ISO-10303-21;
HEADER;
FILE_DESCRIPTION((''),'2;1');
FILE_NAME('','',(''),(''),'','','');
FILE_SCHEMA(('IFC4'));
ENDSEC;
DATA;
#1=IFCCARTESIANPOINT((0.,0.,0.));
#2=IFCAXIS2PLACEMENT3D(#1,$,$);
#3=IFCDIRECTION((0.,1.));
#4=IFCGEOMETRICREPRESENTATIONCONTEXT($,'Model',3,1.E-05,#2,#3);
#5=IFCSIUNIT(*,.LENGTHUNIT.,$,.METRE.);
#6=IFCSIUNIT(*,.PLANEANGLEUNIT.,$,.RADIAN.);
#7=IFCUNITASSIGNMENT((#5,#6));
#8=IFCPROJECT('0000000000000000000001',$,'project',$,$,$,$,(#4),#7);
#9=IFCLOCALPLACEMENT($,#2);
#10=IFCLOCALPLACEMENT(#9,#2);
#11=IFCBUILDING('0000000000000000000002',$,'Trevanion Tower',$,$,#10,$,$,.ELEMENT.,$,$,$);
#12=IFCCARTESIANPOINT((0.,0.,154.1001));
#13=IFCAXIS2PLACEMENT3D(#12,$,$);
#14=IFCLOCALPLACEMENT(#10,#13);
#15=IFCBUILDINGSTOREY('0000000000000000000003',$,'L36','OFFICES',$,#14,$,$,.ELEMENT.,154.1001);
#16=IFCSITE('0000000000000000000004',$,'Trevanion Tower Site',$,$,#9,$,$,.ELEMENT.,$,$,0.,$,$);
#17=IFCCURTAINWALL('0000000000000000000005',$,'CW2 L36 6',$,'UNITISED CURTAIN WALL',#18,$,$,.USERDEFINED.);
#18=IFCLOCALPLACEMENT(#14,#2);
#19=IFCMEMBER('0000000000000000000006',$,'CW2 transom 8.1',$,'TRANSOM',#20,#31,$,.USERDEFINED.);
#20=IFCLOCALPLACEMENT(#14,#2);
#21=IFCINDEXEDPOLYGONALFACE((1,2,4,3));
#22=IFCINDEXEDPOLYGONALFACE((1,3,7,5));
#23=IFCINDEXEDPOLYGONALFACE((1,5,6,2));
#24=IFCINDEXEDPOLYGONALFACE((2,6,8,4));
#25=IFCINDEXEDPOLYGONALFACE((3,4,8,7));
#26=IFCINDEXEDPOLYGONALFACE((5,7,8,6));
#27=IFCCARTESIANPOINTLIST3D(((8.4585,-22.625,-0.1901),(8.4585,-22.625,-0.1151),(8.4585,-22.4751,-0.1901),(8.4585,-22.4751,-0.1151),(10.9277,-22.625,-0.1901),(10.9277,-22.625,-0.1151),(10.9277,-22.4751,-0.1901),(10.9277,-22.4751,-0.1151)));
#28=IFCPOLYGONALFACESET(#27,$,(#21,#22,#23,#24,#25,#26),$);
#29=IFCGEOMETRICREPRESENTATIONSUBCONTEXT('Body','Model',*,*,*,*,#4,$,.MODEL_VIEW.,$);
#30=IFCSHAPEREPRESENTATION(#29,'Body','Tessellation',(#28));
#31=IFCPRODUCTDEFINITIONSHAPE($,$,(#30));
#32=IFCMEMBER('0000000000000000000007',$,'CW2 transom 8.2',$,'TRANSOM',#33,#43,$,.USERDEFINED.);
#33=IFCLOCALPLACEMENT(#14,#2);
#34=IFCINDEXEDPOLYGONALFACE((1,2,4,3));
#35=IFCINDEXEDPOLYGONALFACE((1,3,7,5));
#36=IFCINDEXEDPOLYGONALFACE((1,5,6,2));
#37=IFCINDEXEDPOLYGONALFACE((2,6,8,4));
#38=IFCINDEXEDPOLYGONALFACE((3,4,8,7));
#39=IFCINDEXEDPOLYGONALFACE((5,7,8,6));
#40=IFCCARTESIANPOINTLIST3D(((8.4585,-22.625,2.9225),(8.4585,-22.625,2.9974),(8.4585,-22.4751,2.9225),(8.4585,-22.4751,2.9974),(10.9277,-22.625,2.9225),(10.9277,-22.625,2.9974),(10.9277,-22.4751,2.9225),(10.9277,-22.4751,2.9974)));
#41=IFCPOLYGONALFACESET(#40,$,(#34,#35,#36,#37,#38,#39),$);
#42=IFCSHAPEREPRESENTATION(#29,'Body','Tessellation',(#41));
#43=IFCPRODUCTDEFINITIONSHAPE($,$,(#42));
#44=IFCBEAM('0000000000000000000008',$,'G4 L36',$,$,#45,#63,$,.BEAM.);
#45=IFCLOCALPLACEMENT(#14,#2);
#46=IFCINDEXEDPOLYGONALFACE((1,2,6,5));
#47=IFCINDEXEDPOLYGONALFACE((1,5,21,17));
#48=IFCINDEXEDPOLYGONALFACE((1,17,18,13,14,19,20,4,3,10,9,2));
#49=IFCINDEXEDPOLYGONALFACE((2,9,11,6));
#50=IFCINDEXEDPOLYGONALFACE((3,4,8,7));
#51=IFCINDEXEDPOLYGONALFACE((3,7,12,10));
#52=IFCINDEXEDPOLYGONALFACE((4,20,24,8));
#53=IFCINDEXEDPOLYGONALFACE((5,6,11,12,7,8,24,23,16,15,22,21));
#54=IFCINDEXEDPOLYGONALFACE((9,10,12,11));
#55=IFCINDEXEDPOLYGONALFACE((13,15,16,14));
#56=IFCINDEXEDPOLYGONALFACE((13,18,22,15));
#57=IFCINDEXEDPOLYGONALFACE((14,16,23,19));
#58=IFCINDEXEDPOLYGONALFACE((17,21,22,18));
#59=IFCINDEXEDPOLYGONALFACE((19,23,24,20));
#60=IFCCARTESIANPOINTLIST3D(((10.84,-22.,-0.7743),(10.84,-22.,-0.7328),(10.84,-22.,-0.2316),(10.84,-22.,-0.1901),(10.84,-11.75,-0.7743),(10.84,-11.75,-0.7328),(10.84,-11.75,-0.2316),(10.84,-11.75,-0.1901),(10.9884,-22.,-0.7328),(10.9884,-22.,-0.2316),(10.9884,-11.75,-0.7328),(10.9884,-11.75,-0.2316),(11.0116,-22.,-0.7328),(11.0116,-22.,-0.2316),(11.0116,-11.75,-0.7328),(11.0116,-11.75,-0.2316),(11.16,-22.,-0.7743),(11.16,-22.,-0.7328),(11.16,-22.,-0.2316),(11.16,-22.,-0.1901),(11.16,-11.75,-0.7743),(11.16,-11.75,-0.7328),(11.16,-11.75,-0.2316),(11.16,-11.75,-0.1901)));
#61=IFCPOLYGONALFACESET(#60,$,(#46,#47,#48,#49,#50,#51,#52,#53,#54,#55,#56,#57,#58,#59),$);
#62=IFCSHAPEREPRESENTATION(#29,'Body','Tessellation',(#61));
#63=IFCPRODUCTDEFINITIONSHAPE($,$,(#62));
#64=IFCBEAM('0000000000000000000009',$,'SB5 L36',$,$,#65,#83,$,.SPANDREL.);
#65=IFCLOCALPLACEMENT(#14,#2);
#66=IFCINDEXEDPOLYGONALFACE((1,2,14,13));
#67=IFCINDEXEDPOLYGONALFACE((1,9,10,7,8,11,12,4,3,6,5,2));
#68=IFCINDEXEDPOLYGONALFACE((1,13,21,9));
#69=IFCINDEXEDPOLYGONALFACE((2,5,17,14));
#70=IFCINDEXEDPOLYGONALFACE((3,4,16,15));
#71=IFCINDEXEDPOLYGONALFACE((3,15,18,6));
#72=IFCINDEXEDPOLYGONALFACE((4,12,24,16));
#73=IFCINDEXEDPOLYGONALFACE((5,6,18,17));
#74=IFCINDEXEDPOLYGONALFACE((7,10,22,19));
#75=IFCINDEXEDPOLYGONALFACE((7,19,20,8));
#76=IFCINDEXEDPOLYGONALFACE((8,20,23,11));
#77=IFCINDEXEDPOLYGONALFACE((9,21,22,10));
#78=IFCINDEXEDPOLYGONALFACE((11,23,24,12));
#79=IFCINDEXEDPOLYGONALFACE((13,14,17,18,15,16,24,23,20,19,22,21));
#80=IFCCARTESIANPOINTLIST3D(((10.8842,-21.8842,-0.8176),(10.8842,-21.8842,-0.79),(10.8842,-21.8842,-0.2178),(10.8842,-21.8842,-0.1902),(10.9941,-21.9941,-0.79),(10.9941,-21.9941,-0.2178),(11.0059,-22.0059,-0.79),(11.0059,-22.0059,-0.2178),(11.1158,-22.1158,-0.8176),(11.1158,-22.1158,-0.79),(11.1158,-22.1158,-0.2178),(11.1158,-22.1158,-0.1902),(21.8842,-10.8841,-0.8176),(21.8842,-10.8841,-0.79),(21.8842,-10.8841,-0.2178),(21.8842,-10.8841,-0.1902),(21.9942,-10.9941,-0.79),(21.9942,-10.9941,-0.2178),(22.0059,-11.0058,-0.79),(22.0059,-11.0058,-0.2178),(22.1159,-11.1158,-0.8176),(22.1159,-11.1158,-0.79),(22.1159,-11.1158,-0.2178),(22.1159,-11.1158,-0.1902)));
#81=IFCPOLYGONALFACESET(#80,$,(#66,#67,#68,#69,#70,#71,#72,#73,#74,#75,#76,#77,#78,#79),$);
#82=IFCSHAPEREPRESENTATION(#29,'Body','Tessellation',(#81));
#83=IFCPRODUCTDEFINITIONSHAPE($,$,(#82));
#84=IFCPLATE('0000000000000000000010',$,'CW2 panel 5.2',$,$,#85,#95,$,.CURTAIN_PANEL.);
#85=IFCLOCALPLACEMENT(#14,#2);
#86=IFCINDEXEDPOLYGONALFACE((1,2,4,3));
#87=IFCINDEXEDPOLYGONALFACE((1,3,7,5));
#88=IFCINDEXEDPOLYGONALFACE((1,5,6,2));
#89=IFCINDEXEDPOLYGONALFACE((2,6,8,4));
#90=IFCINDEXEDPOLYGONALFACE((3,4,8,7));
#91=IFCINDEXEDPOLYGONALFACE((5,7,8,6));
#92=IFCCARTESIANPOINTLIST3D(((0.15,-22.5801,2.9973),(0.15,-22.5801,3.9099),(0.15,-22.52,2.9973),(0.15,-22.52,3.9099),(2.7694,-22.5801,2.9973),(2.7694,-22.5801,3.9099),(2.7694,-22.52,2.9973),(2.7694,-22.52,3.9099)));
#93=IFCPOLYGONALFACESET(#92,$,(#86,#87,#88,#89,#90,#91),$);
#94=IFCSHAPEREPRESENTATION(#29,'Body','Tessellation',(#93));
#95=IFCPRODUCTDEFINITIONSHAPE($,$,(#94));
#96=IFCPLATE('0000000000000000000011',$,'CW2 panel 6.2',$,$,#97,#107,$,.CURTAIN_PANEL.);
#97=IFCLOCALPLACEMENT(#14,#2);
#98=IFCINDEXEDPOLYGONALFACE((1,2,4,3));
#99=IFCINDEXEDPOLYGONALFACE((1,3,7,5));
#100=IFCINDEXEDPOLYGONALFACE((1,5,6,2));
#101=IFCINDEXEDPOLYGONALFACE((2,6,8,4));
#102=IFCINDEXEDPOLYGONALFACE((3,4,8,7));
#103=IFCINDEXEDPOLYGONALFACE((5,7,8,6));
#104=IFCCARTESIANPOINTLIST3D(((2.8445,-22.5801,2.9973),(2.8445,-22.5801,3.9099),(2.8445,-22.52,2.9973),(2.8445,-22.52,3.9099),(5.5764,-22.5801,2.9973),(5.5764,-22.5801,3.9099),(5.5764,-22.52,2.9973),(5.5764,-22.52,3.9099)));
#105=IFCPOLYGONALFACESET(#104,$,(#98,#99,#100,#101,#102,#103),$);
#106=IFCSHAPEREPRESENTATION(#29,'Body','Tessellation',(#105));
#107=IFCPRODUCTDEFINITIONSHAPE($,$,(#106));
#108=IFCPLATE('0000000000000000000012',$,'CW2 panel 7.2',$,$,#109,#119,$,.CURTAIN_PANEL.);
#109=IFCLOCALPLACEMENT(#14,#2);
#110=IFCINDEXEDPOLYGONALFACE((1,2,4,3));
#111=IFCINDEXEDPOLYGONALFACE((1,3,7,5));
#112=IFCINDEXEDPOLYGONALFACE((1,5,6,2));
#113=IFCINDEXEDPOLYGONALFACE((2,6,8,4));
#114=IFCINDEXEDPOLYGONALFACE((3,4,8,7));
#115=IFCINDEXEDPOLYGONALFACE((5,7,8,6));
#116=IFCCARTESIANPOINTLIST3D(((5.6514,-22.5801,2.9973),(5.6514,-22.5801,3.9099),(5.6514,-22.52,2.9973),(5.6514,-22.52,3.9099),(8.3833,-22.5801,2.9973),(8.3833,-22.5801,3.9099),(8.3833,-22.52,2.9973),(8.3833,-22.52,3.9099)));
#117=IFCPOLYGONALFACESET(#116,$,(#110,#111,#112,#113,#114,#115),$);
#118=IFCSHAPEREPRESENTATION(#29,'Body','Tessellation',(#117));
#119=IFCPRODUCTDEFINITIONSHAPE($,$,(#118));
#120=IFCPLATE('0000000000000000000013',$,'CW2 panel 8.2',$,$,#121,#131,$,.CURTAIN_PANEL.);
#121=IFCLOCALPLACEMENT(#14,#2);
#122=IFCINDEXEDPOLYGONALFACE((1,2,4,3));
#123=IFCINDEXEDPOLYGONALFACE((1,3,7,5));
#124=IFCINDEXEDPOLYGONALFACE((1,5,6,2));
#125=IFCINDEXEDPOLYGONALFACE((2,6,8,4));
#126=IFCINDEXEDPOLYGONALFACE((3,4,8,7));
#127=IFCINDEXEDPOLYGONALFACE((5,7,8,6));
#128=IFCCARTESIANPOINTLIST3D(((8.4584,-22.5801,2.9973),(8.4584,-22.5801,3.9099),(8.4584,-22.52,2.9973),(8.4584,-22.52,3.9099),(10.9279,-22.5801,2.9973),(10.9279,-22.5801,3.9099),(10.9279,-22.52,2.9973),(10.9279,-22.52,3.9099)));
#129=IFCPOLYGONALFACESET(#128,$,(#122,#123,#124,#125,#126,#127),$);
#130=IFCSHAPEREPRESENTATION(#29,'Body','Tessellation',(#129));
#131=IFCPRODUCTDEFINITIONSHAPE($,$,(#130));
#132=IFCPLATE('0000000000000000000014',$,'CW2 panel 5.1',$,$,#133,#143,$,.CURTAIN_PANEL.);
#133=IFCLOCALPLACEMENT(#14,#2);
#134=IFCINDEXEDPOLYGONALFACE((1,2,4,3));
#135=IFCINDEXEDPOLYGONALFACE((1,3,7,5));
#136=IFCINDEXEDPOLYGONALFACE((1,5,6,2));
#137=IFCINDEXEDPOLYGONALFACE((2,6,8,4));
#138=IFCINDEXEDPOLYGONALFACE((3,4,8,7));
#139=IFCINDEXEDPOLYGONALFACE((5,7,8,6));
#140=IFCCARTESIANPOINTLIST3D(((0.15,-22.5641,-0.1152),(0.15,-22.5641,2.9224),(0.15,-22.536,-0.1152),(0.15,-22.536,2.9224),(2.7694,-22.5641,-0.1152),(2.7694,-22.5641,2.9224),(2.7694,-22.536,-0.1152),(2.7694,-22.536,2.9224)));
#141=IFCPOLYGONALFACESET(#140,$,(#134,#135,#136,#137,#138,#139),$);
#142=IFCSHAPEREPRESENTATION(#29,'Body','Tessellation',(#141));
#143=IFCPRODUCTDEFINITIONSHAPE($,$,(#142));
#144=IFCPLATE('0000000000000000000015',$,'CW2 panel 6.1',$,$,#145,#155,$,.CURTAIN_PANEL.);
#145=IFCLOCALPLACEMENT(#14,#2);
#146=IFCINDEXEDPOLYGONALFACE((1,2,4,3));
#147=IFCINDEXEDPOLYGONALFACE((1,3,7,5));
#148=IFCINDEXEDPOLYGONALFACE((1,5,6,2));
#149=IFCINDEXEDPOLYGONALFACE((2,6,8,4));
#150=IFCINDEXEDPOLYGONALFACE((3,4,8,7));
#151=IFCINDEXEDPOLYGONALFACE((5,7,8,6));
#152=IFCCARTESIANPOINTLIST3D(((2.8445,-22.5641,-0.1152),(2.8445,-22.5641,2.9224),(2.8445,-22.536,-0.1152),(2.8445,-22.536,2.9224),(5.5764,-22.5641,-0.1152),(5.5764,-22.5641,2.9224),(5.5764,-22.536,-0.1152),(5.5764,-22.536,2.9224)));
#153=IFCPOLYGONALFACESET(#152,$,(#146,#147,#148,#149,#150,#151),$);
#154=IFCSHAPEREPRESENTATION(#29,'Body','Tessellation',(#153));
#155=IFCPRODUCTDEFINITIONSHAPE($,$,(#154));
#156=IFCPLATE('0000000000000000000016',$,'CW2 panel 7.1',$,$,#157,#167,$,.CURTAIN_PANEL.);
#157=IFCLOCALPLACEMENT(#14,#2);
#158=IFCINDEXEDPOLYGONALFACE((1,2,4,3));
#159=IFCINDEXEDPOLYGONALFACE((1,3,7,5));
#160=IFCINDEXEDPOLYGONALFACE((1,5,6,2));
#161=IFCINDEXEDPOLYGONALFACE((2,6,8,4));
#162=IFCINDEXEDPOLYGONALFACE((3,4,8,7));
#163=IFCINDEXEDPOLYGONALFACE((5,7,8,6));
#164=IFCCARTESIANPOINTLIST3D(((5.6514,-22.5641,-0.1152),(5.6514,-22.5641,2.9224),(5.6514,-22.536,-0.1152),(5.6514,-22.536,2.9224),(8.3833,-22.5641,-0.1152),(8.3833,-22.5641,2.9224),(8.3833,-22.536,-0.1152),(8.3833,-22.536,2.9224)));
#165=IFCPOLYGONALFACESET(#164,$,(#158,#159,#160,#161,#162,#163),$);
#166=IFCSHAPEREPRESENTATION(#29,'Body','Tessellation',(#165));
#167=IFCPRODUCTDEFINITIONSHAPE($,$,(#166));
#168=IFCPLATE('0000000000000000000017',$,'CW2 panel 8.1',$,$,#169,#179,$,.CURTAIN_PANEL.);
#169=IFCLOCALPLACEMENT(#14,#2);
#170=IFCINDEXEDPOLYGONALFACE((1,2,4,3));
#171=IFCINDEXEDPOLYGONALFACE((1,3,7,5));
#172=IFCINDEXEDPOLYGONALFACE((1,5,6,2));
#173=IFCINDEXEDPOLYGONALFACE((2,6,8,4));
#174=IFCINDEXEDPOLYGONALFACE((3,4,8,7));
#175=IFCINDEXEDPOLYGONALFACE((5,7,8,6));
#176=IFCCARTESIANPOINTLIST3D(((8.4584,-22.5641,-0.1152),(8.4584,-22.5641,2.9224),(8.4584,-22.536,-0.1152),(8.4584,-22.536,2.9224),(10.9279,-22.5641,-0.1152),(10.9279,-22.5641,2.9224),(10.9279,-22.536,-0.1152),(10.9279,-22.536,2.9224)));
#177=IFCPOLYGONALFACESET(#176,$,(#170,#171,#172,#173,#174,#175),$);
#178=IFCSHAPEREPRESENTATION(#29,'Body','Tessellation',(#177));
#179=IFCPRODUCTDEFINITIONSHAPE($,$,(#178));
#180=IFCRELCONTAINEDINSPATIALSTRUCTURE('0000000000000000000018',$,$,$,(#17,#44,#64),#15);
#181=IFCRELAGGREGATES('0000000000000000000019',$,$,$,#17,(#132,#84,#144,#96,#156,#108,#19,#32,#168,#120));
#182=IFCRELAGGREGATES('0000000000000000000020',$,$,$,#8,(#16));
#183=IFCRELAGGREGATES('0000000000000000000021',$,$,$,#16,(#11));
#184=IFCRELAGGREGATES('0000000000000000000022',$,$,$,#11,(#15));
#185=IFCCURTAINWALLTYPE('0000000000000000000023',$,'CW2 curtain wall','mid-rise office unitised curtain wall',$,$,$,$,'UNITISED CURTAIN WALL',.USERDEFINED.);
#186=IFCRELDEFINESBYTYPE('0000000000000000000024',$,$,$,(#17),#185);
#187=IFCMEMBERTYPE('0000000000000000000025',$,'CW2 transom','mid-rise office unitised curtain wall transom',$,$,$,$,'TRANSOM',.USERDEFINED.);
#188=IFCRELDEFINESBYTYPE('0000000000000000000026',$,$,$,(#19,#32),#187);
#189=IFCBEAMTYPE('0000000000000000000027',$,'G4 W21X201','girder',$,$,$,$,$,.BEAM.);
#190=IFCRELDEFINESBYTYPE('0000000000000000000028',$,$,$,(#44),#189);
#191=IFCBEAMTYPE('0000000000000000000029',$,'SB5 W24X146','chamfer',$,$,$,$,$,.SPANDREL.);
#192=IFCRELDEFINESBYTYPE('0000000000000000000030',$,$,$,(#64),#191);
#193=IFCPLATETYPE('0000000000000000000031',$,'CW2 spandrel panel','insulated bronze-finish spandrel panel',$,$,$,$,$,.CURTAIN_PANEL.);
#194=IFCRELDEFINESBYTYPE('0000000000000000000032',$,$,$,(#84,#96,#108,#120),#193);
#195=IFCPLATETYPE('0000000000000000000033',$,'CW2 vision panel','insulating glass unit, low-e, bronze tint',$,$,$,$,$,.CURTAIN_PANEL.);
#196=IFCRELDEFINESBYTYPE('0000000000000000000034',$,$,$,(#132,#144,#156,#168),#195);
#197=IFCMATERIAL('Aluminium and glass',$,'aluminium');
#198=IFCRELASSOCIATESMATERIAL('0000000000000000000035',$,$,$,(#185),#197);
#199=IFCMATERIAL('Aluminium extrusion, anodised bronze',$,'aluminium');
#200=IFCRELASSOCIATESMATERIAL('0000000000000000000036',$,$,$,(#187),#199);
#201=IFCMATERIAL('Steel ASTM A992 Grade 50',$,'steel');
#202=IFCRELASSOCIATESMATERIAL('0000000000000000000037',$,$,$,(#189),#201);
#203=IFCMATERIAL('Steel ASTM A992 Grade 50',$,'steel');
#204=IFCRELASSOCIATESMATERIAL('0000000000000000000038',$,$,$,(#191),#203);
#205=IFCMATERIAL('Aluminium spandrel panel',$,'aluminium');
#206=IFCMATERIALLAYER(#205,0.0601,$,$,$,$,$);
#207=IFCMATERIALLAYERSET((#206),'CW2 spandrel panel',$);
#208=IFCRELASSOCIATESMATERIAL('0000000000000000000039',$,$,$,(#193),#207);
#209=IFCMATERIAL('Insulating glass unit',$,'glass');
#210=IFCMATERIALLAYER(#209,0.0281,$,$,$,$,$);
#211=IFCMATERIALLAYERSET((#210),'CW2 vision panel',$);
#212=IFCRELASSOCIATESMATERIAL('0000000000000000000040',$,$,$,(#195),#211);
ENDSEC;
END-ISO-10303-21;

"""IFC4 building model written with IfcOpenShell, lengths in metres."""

from ifc_helpers import new_model, si_unit, direction, frame, origin, origin_2d, place, context, subcontext, project, spatial, rectangle, i_section, extrude, material, layer, layer_set, material_profile, profile_set, type_object, element, aggregate, save


model = new_model("IFC4")

# Units and contexts
model_context = context("Model", 3, precision=1e-05, world=origin(), true_north=direction((0.0, 1.0)))
body_context = subcontext(model_context, "Body", "Model", "MODEL_VIEW")
ifc_project = project(units=[si_unit("LENGTHUNIT", "METRE"), si_unit("PLANEANGLEUNIT", "RADIAN")], contexts=[model_context])

# Site, building, storey
site_placement = place(None, origin())
site = spatial("IfcSite", under=ifc_project, at=site_placement, Name="Trevanion Tower Site", CompositionType="ELEMENT", RefElevation=0.0)
building_placement = place(site_placement, origin())
building = spatial("IfcBuilding", under=site, at=building_placement, Name="Trevanion Tower", CompositionType="ELEMENT")
storey_placement = place(building_placement, frame((0.0, 0.0, 154.1001)))
storey = spatial("IfcBuildingStorey", under=building, at=storey_placement, Name="L36", Description="OFFICES", CompositionType="ELEMENT", Elevation=154.1001)

# Curtain wall, members
ifc_material_1 = material(Name="Aluminium and glass", Category="aluminium")
curtain_wall_type = type_object("IfcCurtainWallType", Name="CW2 curtain wall", Description="mid-rise office unitised curtain wall", ElementType="UNITISED CURTAIN WALL", PredefinedType="USERDEFINED", material=ifc_material_1)
curtain_wall_placement = place(storey_placement, origin())
curtain_wall = element("IfcCurtainWall", 1, at=curtain_wall_placement, inside=storey, type_object=curtain_wall_type, Name="CW2 L36 6", ObjectType="UNITISED CURTAIN WALL", PredefinedType="USERDEFINED")
ifc_material_2 = material(Name="Aluminium extrusion, anodised bronze", Category="aluminium")
ifc_material_profile_1 = material_profile(ifc_material_2, rectangle(XDim=0.1499, YDim=0.075, at=origin_2d()), Name="CW2 transom")
ifc_profile_set_1 = profile_set([ifc_material_profile_1], Name="Aluminium extrusion, anodised bronze")
member_type_1 = type_object("IfcMemberType", Name="CW2 transom", Description="mid-rise office unitised curtain wall transom", ElementType="TRANSOM", PredefinedType="USERDEFINED", material=ifc_profile_set_1)
member_1_placement = place(storey_placement, frame((8.4585, -22.55, -0.1526), z_axis=(1.0, 0.0, 0.0), x_axis=(0.0, 1.0, 0.0)))
member_1 = element("IfcMember", 2, at=member_1_placement, type_object=member_type_1, Name="CW2 transom 8.1", ObjectType="TRANSOM", PredefinedType="USERDEFINED", context=body_context, shape_type="SweptSolid", body=[
    extrude(rectangle(XDim=0.1499, YDim=0.075, at=origin_2d()), origin(), (0.0, 0.0, 1.0), 2.4692),
])
member_2_placement = place(storey_placement, frame((8.4585, -22.55, 2.96), z_axis=(1.0, 0.0, 0.0), x_axis=(0.0, 1.0, 0.0)))
member_2 = element("IfcMember", 3, at=member_2_placement, type_object=member_type_1, Name="CW2 transom 8.2", ObjectType="TRANSOM", PredefinedType="USERDEFINED", context=body_context, shape_type="SweptSolid", body=[
    extrude(rectangle(XDim=0.1499, YDim=0.075, at=origin_2d()), origin(), (0.0, 0.0, 1.0), 2.4692),
])

# Beams
ifc_material_3 = material(Name="Steel ASTM A992 Grade 50", Category="steel")
ifc_material_profile_2 = material_profile(ifc_material_3, i_section(OverallWidth=0.3201, OverallDepth=0.5842, WebThickness=0.0232, FlangeThickness=0.0415, at=origin_2d()), Name="W21X201")
ifc_profile_set_2 = profile_set([ifc_material_profile_2], Name="Steel ASTM A992 Grade 50")
beam_type_1 = type_object("IfcBeamType", Name="G4 W21X201", Description="girder", PredefinedType="BEAM", material=ifc_profile_set_2)
beam_1_placement = place(storey_placement, frame((11.0, -11.75, -0.4822), z_axis=(0.0, -1.0, 0.0), x_axis=(1.0, 0.0, 0.0)))
element("IfcBeam", 4, at=beam_1_placement, inside=storey, type_object=beam_type_1, Name="G4 L36", PredefinedType="BEAM", context=body_context, shape_type="SweptSolid", body=[
    extrude(i_section(OverallWidth=0.3201, OverallDepth=0.5842, WebThickness=0.0232, FlangeThickness=0.0415, at=origin_2d()), origin(), (0.0, 0.0, 1.0), 10.25),
])
ifc_material_4 = material(Name="Steel ASTM A992 Grade 50", Category="steel")
ifc_material_profile_3 = material_profile(ifc_material_4, i_section(OverallWidth=0.3276, OverallDepth=0.6274, WebThickness=0.0166, FlangeThickness=0.0276, at=origin_2d()), Name="W24X146")
ifc_profile_set_3 = profile_set([ifc_material_profile_3], Name="Steel ASTM A992 Grade 50")
beam_type_2 = type_object("IfcBeamType", Name="SB5 W24X146", Description="chamfer", PredefinedType="SPANDREL", material=ifc_profile_set_3)
beam_2_placement = place(storey_placement, frame((11.0, -22.0, -0.5039), z_axis=(0.707107, 0.707107, 0.0), x_axis=(-0.707107, 0.707107, 0.0)))
element("IfcBeam", 5, at=beam_2_placement, inside=storey, type_object=beam_type_2, Name="SB5 L36", PredefinedType="SPANDREL", context=body_context, shape_type="SweptSolid", body=[
    extrude(i_section(OverallWidth=0.3276, OverallDepth=0.6274, WebThickness=0.0166, FlangeThickness=0.0276, at=origin_2d()), origin(), (0.0, 0.0, 1.0), 15.5564),
])

# Plates
ifc_material_5 = material(Name="Aluminium spandrel panel", Category="aluminium")
ifc_layer_1 = layer(ifc_material_5, 0.0601)
ifc_layer_set_1 = layer_set([ifc_layer_1], Name="CW2 spandrel panel")
plate_type_1 = type_object("IfcPlateType", Name="CW2 spandrel panel", Description="insulated bronze-finish spandrel panel", PredefinedType="CURTAIN_PANEL", material=ifc_layer_set_1)
plate_1_placement = place(storey_placement, frame((1.4597, -22.55, 2.9973), z_axis=(0.0, 0.0, 1.0), x_axis=(1.0, 0.0, 0.0)))
plate_1 = element("IfcPlate", 6, at=plate_1_placement, type_object=plate_type_1, Name="CW2 panel 5.2", PredefinedType="CURTAIN_PANEL", context=body_context, shape_type="SweptSolid", body=[
    extrude(rectangle(XDim=2.6194, YDim=0.0601, at=origin_2d()), origin(), (0.0, 0.0, 1.0), 0.9126),
])
plate_2_placement = place(storey_placement, frame((4.2104, -22.55, 2.9973), z_axis=(0.0, 0.0, 1.0), x_axis=(1.0, 0.0, 0.0)))
plate_2 = element("IfcPlate", 7, at=plate_2_placement, type_object=plate_type_1, Name="CW2 panel 6.2", PredefinedType="CURTAIN_PANEL", context=body_context, shape_type="SweptSolid", body=[
    extrude(rectangle(XDim=2.7319, YDim=0.0601, at=origin_2d()), origin(), (0.0, 0.0, 1.0), 0.9126),
])
plate_3_placement = place(storey_placement, frame((7.0173, -22.55, 2.9973), z_axis=(0.0, 0.0, 1.0), x_axis=(1.0, 0.0, 0.0)))
plate_3 = element("IfcPlate", 8, at=plate_3_placement, type_object=plate_type_1, Name="CW2 panel 7.2", PredefinedType="CURTAIN_PANEL", context=body_context, shape_type="SweptSolid", body=[
    extrude(rectangle(XDim=2.7319, YDim=0.0601, at=origin_2d()), origin(), (0.0, 0.0, 1.0), 0.9126),
])
plate_4_placement = place(storey_placement, frame((9.6931, -22.55, 2.9973), z_axis=(0.0, 0.0, 1.0), x_axis=(1.0, 0.0, 0.0)))
plate_4 = element("IfcPlate", 9, at=plate_4_placement, type_object=plate_type_1, Name="CW2 panel 8.2", PredefinedType="CURTAIN_PANEL", context=body_context, shape_type="SweptSolid", body=[
    extrude(rectangle(XDim=2.4695, YDim=0.0601, at=origin_2d()), origin(), (0.0, 0.0, 1.0), 0.9126),
])
ifc_material_6 = material(Name="Insulating glass unit", Category="glass")
ifc_layer_2 = layer(ifc_material_6, 0.0281)
ifc_layer_set_2 = layer_set([ifc_layer_2], Name="CW2 vision panel")
plate_type_2 = type_object("IfcPlateType", Name="CW2 vision panel", Description="insulating glass unit, low-e, bronze tint", PredefinedType="CURTAIN_PANEL", material=ifc_layer_set_2)
plate_5_placement = place(storey_placement, frame((1.4597, -22.55, -0.1152), z_axis=(0.0, 0.0, 1.0), x_axis=(1.0, 0.0, 0.0)))
plate_5 = element("IfcPlate", 10, at=plate_5_placement, type_object=plate_type_2, Name="CW2 panel 5.1", PredefinedType="CURTAIN_PANEL", context=body_context, shape_type="SweptSolid", body=[
    extrude(rectangle(XDim=2.6194, YDim=0.0281, at=origin_2d()), origin(), (0.0, 0.0, 1.0), 3.0376),
])
plate_6_placement = place(storey_placement, frame((4.2104, -22.55, -0.1152), z_axis=(0.0, 0.0, 1.0), x_axis=(1.0, 0.0, 0.0)))
plate_6 = element("IfcPlate", 11, at=plate_6_placement, type_object=plate_type_2, Name="CW2 panel 6.1", PredefinedType="CURTAIN_PANEL", context=body_context, shape_type="SweptSolid", body=[
    extrude(rectangle(XDim=2.7319, YDim=0.0281, at=origin_2d()), origin(), (0.0, 0.0, 1.0), 3.0376),
])
plate_7_placement = place(storey_placement, frame((7.0173, -22.55, -0.1152), z_axis=(0.0, 0.0, 1.0), x_axis=(1.0, 0.0, 0.0)))
plate_7 = element("IfcPlate", 12, at=plate_7_placement, type_object=plate_type_2, Name="CW2 panel 7.1", PredefinedType="CURTAIN_PANEL", context=body_context, shape_type="SweptSolid", body=[
    extrude(rectangle(XDim=2.7319, YDim=0.0281, at=origin_2d()), origin(), (0.0, 0.0, 1.0), 3.0376),
])
plate_8_placement = place(storey_placement, frame((9.6931, -22.55, -0.1152), z_axis=(0.0, 0.0, 1.0), x_axis=(1.0, 0.0, 0.0)))
plate_8 = element("IfcPlate", 13, at=plate_8_placement, type_object=plate_type_2, Name="CW2 panel 8.1", PredefinedType="CURTAIN_PANEL", context=body_context, shape_type="SweptSolid", body=[
    extrude(rectangle(XDim=2.4695, YDim=0.0281, at=origin_2d()), origin(), (0.0, 0.0, 1.0), 3.0376),
])
aggregate(curtain_wall, [plate_5, plate_1, plate_6, plate_2, plate_7, plate_3, member_1, member_2, plate_8, plate_4])

save(model, "model.ifc")
